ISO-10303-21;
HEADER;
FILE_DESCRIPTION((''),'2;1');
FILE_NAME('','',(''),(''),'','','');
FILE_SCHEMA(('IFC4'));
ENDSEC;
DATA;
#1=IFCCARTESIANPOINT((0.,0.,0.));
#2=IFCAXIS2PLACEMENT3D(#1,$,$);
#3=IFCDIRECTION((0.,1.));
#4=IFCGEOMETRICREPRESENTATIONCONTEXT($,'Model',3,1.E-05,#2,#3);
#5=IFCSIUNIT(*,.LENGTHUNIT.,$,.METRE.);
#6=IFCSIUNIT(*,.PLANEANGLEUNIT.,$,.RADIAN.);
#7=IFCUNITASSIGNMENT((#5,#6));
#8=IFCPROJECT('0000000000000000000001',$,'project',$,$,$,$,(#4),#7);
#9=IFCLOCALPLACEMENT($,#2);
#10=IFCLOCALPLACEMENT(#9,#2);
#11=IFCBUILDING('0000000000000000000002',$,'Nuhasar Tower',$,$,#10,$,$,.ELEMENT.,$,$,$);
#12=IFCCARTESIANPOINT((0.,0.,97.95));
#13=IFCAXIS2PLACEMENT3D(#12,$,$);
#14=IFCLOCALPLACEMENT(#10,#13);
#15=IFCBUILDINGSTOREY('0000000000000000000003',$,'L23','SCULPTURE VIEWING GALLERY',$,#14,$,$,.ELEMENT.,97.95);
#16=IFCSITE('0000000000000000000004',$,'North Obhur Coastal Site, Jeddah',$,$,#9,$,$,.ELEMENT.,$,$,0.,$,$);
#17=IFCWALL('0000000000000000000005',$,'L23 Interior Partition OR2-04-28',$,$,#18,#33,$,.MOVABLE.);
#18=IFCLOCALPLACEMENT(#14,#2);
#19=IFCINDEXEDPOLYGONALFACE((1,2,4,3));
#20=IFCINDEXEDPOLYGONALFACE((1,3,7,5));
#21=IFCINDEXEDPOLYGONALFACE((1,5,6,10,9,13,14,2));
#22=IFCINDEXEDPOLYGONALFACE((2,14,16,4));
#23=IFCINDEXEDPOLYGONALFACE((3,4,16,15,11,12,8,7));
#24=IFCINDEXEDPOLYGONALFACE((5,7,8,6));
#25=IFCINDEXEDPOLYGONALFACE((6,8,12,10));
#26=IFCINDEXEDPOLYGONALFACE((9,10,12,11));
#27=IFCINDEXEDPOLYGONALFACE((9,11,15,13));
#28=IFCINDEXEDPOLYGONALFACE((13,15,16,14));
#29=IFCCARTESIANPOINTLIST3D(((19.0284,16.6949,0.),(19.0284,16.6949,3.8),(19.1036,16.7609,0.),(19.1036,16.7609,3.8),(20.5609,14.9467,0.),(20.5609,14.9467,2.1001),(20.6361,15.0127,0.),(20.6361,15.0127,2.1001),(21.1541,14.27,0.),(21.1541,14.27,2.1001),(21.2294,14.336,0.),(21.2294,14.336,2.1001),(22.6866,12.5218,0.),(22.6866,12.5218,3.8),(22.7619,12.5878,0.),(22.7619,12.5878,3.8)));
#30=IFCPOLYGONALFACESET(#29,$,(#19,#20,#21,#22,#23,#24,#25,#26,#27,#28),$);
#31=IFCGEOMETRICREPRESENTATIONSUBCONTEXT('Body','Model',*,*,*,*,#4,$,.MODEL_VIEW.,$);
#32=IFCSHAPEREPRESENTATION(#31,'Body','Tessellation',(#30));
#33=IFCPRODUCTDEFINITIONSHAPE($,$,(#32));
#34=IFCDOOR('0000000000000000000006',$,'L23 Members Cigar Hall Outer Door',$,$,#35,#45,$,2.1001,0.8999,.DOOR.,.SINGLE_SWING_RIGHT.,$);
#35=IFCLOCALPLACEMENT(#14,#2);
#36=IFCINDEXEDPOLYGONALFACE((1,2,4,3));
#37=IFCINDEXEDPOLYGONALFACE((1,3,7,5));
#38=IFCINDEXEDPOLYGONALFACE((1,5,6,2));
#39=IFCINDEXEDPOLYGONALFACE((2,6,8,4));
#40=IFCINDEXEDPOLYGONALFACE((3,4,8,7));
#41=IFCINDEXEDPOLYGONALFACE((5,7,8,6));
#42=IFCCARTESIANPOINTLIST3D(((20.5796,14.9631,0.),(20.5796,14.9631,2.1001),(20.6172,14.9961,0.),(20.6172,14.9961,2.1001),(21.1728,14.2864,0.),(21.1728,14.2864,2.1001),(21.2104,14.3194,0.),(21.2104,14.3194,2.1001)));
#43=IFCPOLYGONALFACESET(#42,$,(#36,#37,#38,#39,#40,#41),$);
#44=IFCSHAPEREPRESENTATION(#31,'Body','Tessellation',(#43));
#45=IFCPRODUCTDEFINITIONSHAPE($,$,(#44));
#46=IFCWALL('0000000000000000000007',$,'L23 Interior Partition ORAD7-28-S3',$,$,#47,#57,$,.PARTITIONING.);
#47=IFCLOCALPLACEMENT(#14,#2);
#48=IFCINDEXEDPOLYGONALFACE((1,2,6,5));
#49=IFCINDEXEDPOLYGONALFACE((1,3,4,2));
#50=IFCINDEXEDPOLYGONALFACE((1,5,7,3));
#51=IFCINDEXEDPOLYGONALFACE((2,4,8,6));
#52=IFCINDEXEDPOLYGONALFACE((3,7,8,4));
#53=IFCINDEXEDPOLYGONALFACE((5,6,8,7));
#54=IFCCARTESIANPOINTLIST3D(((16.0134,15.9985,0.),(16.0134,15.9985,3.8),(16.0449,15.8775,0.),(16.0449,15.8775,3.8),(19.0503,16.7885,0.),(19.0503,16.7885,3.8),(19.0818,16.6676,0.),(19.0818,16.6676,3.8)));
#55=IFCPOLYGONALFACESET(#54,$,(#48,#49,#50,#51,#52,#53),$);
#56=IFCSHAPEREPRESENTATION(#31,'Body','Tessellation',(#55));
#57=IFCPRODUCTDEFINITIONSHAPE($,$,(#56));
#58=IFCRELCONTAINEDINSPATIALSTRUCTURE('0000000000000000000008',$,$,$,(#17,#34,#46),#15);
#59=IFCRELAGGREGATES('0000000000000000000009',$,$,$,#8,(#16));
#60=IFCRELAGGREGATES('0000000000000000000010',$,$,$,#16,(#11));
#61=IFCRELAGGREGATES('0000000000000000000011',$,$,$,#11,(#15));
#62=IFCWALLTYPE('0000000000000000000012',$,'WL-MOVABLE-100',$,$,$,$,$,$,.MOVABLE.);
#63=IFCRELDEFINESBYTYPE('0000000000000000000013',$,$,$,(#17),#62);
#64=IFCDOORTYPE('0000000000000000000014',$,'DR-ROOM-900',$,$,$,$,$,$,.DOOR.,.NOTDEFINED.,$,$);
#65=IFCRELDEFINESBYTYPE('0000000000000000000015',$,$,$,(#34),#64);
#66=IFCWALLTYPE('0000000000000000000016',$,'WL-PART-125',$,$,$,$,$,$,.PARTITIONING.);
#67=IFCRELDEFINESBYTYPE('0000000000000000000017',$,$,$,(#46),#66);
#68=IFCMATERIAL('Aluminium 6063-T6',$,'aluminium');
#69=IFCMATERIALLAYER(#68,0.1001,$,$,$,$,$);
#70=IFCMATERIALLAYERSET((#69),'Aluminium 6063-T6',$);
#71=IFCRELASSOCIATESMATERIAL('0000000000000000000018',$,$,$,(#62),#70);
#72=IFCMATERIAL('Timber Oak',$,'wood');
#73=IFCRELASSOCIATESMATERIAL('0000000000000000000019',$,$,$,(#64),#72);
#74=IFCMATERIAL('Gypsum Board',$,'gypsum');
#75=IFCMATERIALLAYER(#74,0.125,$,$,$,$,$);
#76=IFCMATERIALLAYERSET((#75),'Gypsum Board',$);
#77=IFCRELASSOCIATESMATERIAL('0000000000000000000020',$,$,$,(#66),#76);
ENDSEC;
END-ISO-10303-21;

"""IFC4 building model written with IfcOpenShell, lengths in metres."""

from ifc_helpers import new_model, si_unit, direction, frame, frame_2d, origin, place, context, subcontext, project, spatial, rectangle, extrude, material, layer, layer_set, type_object, element, fill, save


model = new_model("IFC4")

# Units and contexts
model_context = context("Model", 3, precision=1e-05, world=origin(), true_north=direction((0.0, 1.0)))
body_context = subcontext(model_context, "Body", "Model", "MODEL_VIEW")
ifc_project = project(units=[si_unit("LENGTHUNIT", "METRE"), si_unit("PLANEANGLEUNIT", "RADIAN")], contexts=[model_context])

# Site, building, storey
site_placement = place(None, origin())
site = spatial("IfcSite", under=ifc_project, at=site_placement, Name="North Obhur Coastal Site, Jeddah", CompositionType="ELEMENT", RefElevation=0.0)
building_placement = place(site_placement, origin())
building = spatial("IfcBuilding", under=site, at=building_placement, Name="Nuhasar Tower", CompositionType="ELEMENT")
storey_placement = place(building_placement, frame((0.0, 0.0, 97.95)))
storey = spatial("IfcBuildingStorey", under=building, at=storey_placement, Name="L23", Description="SCULPTURE VIEWING GALLERY", CompositionType="ELEMENT", Elevation=97.95)

# Shared definitions
ifc_material_1 = material(Name="Aluminium 6063-T6", Category="aluminium")

# Shared definitions
ifc_layer_1 = layer(ifc_material_1, 0.1001)
ifc_layer_set_1 = layer_set([ifc_layer_1], Name="Aluminium 6063-T6")
wall_type_1 = type_object("IfcWallType", Name="WL-MOVABLE-100", PredefinedType="MOVABLE", material=ifc_layer_set_1)

# Wall, opening, door
wall_1_placement = place(storey_placement, frame((19.0659, 16.728, 0.0), z_axis=(0.0, 0.0, 1.0), x_axis=(0.659193, -0.751974, 0.0)))
wall_1 = element("IfcWall", 1, at=wall_1_placement, inside=storey, type_object=wall_type_1, Name="L23 Interior Partition OR2-04-28", PredefinedType="MOVABLE", context=body_context, shape_type="SweptSolid", body=[
    extrude(rectangle(XDim=5.5496, YDim=0.1001, at=frame_2d((2.7749, 0.0))), origin(), (0.0, 0.0, 1.0), 3.8),
])
opening_placement = place(wall_1_placement, frame((2.325, 0.0, 0.0)))
opening = element("IfcOpeningElement", 2, at=opening_placement, cuts=wall_1, PredefinedType="OPENING", context=body_context, shape_type="SweptSolid", body=[
    extrude(rectangle(XDim=0.8999, YDim=2.1001, at=frame_2d((0.45, 1.05))), frame((0.0, 0.0601, 0.0), z_axis=(0.0, -1.0, 0.0), x_axis=(1.0, 0.0, 0.0)), (0.0, 0.0, 1.0), 0.1201),
])
ifc_material_2 = material(Name="Timber Oak", Category="wood")
door_type = type_object("IfcDoorType", Name="DR-ROOM-900", OperationType="NOTDEFINED", PredefinedType="DOOR", material=ifc_material_2)
door_placement = place(opening_placement, origin())
door = element("IfcDoor", 3, at=door_placement, inside=storey, type_object=door_type, Name="L23 Members Cigar Hall Outer Door", OperationType="SINGLE_SWING_RIGHT", OverallHeight=2.1001, OverallWidth=0.8999, PredefinedType="DOOR", context=body_context, shape_type="SweptSolid", body=[
    extrude(rectangle(XDim=0.8999, YDim=2.1001, at=frame_2d((0.45, 1.05))), frame((0.0, 0.0249, 0.0), z_axis=(0.0, -1.0, 0.0), x_axis=(1.0, 0.0, 0.0)), (0.0, 0.0, 1.0), 0.05),
])
fill(opening, door)

# Wall
ifc_material_3 = material(Name="Gypsum Board", Category="gypsum")
ifc_layer_2 = layer(ifc_material_3, 0.125)
ifc_layer_set_2 = layer_set([ifc_layer_2], Name="Gypsum Board")
wall_type_2 = type_object("IfcWallType", Name="WL-PART-125", PredefinedType="PARTITIONING", material=ifc_layer_set_2)
wall_2_placement = place(storey_placement, frame((19.0659, 16.728, 0.0), z_axis=(0.0, 0.0, 1.0), x_axis=(-0.967787, -0.251769, 0.0)))
element("IfcWall", 4, at=wall_2_placement, inside=storey, type_object=wall_type_2, Name="L23 Interior Partition ORAD7-28-S3", PredefinedType="PARTITIONING", context=body_context, shape_type="SweptSolid", body=[
    extrude(rectangle(XDim=3.1379, YDim=0.125, at=frame_2d((1.5688, 0.0))), origin(), (0.0, 0.0, 1.0), 3.8),
])

save(model, "model.ifc")
